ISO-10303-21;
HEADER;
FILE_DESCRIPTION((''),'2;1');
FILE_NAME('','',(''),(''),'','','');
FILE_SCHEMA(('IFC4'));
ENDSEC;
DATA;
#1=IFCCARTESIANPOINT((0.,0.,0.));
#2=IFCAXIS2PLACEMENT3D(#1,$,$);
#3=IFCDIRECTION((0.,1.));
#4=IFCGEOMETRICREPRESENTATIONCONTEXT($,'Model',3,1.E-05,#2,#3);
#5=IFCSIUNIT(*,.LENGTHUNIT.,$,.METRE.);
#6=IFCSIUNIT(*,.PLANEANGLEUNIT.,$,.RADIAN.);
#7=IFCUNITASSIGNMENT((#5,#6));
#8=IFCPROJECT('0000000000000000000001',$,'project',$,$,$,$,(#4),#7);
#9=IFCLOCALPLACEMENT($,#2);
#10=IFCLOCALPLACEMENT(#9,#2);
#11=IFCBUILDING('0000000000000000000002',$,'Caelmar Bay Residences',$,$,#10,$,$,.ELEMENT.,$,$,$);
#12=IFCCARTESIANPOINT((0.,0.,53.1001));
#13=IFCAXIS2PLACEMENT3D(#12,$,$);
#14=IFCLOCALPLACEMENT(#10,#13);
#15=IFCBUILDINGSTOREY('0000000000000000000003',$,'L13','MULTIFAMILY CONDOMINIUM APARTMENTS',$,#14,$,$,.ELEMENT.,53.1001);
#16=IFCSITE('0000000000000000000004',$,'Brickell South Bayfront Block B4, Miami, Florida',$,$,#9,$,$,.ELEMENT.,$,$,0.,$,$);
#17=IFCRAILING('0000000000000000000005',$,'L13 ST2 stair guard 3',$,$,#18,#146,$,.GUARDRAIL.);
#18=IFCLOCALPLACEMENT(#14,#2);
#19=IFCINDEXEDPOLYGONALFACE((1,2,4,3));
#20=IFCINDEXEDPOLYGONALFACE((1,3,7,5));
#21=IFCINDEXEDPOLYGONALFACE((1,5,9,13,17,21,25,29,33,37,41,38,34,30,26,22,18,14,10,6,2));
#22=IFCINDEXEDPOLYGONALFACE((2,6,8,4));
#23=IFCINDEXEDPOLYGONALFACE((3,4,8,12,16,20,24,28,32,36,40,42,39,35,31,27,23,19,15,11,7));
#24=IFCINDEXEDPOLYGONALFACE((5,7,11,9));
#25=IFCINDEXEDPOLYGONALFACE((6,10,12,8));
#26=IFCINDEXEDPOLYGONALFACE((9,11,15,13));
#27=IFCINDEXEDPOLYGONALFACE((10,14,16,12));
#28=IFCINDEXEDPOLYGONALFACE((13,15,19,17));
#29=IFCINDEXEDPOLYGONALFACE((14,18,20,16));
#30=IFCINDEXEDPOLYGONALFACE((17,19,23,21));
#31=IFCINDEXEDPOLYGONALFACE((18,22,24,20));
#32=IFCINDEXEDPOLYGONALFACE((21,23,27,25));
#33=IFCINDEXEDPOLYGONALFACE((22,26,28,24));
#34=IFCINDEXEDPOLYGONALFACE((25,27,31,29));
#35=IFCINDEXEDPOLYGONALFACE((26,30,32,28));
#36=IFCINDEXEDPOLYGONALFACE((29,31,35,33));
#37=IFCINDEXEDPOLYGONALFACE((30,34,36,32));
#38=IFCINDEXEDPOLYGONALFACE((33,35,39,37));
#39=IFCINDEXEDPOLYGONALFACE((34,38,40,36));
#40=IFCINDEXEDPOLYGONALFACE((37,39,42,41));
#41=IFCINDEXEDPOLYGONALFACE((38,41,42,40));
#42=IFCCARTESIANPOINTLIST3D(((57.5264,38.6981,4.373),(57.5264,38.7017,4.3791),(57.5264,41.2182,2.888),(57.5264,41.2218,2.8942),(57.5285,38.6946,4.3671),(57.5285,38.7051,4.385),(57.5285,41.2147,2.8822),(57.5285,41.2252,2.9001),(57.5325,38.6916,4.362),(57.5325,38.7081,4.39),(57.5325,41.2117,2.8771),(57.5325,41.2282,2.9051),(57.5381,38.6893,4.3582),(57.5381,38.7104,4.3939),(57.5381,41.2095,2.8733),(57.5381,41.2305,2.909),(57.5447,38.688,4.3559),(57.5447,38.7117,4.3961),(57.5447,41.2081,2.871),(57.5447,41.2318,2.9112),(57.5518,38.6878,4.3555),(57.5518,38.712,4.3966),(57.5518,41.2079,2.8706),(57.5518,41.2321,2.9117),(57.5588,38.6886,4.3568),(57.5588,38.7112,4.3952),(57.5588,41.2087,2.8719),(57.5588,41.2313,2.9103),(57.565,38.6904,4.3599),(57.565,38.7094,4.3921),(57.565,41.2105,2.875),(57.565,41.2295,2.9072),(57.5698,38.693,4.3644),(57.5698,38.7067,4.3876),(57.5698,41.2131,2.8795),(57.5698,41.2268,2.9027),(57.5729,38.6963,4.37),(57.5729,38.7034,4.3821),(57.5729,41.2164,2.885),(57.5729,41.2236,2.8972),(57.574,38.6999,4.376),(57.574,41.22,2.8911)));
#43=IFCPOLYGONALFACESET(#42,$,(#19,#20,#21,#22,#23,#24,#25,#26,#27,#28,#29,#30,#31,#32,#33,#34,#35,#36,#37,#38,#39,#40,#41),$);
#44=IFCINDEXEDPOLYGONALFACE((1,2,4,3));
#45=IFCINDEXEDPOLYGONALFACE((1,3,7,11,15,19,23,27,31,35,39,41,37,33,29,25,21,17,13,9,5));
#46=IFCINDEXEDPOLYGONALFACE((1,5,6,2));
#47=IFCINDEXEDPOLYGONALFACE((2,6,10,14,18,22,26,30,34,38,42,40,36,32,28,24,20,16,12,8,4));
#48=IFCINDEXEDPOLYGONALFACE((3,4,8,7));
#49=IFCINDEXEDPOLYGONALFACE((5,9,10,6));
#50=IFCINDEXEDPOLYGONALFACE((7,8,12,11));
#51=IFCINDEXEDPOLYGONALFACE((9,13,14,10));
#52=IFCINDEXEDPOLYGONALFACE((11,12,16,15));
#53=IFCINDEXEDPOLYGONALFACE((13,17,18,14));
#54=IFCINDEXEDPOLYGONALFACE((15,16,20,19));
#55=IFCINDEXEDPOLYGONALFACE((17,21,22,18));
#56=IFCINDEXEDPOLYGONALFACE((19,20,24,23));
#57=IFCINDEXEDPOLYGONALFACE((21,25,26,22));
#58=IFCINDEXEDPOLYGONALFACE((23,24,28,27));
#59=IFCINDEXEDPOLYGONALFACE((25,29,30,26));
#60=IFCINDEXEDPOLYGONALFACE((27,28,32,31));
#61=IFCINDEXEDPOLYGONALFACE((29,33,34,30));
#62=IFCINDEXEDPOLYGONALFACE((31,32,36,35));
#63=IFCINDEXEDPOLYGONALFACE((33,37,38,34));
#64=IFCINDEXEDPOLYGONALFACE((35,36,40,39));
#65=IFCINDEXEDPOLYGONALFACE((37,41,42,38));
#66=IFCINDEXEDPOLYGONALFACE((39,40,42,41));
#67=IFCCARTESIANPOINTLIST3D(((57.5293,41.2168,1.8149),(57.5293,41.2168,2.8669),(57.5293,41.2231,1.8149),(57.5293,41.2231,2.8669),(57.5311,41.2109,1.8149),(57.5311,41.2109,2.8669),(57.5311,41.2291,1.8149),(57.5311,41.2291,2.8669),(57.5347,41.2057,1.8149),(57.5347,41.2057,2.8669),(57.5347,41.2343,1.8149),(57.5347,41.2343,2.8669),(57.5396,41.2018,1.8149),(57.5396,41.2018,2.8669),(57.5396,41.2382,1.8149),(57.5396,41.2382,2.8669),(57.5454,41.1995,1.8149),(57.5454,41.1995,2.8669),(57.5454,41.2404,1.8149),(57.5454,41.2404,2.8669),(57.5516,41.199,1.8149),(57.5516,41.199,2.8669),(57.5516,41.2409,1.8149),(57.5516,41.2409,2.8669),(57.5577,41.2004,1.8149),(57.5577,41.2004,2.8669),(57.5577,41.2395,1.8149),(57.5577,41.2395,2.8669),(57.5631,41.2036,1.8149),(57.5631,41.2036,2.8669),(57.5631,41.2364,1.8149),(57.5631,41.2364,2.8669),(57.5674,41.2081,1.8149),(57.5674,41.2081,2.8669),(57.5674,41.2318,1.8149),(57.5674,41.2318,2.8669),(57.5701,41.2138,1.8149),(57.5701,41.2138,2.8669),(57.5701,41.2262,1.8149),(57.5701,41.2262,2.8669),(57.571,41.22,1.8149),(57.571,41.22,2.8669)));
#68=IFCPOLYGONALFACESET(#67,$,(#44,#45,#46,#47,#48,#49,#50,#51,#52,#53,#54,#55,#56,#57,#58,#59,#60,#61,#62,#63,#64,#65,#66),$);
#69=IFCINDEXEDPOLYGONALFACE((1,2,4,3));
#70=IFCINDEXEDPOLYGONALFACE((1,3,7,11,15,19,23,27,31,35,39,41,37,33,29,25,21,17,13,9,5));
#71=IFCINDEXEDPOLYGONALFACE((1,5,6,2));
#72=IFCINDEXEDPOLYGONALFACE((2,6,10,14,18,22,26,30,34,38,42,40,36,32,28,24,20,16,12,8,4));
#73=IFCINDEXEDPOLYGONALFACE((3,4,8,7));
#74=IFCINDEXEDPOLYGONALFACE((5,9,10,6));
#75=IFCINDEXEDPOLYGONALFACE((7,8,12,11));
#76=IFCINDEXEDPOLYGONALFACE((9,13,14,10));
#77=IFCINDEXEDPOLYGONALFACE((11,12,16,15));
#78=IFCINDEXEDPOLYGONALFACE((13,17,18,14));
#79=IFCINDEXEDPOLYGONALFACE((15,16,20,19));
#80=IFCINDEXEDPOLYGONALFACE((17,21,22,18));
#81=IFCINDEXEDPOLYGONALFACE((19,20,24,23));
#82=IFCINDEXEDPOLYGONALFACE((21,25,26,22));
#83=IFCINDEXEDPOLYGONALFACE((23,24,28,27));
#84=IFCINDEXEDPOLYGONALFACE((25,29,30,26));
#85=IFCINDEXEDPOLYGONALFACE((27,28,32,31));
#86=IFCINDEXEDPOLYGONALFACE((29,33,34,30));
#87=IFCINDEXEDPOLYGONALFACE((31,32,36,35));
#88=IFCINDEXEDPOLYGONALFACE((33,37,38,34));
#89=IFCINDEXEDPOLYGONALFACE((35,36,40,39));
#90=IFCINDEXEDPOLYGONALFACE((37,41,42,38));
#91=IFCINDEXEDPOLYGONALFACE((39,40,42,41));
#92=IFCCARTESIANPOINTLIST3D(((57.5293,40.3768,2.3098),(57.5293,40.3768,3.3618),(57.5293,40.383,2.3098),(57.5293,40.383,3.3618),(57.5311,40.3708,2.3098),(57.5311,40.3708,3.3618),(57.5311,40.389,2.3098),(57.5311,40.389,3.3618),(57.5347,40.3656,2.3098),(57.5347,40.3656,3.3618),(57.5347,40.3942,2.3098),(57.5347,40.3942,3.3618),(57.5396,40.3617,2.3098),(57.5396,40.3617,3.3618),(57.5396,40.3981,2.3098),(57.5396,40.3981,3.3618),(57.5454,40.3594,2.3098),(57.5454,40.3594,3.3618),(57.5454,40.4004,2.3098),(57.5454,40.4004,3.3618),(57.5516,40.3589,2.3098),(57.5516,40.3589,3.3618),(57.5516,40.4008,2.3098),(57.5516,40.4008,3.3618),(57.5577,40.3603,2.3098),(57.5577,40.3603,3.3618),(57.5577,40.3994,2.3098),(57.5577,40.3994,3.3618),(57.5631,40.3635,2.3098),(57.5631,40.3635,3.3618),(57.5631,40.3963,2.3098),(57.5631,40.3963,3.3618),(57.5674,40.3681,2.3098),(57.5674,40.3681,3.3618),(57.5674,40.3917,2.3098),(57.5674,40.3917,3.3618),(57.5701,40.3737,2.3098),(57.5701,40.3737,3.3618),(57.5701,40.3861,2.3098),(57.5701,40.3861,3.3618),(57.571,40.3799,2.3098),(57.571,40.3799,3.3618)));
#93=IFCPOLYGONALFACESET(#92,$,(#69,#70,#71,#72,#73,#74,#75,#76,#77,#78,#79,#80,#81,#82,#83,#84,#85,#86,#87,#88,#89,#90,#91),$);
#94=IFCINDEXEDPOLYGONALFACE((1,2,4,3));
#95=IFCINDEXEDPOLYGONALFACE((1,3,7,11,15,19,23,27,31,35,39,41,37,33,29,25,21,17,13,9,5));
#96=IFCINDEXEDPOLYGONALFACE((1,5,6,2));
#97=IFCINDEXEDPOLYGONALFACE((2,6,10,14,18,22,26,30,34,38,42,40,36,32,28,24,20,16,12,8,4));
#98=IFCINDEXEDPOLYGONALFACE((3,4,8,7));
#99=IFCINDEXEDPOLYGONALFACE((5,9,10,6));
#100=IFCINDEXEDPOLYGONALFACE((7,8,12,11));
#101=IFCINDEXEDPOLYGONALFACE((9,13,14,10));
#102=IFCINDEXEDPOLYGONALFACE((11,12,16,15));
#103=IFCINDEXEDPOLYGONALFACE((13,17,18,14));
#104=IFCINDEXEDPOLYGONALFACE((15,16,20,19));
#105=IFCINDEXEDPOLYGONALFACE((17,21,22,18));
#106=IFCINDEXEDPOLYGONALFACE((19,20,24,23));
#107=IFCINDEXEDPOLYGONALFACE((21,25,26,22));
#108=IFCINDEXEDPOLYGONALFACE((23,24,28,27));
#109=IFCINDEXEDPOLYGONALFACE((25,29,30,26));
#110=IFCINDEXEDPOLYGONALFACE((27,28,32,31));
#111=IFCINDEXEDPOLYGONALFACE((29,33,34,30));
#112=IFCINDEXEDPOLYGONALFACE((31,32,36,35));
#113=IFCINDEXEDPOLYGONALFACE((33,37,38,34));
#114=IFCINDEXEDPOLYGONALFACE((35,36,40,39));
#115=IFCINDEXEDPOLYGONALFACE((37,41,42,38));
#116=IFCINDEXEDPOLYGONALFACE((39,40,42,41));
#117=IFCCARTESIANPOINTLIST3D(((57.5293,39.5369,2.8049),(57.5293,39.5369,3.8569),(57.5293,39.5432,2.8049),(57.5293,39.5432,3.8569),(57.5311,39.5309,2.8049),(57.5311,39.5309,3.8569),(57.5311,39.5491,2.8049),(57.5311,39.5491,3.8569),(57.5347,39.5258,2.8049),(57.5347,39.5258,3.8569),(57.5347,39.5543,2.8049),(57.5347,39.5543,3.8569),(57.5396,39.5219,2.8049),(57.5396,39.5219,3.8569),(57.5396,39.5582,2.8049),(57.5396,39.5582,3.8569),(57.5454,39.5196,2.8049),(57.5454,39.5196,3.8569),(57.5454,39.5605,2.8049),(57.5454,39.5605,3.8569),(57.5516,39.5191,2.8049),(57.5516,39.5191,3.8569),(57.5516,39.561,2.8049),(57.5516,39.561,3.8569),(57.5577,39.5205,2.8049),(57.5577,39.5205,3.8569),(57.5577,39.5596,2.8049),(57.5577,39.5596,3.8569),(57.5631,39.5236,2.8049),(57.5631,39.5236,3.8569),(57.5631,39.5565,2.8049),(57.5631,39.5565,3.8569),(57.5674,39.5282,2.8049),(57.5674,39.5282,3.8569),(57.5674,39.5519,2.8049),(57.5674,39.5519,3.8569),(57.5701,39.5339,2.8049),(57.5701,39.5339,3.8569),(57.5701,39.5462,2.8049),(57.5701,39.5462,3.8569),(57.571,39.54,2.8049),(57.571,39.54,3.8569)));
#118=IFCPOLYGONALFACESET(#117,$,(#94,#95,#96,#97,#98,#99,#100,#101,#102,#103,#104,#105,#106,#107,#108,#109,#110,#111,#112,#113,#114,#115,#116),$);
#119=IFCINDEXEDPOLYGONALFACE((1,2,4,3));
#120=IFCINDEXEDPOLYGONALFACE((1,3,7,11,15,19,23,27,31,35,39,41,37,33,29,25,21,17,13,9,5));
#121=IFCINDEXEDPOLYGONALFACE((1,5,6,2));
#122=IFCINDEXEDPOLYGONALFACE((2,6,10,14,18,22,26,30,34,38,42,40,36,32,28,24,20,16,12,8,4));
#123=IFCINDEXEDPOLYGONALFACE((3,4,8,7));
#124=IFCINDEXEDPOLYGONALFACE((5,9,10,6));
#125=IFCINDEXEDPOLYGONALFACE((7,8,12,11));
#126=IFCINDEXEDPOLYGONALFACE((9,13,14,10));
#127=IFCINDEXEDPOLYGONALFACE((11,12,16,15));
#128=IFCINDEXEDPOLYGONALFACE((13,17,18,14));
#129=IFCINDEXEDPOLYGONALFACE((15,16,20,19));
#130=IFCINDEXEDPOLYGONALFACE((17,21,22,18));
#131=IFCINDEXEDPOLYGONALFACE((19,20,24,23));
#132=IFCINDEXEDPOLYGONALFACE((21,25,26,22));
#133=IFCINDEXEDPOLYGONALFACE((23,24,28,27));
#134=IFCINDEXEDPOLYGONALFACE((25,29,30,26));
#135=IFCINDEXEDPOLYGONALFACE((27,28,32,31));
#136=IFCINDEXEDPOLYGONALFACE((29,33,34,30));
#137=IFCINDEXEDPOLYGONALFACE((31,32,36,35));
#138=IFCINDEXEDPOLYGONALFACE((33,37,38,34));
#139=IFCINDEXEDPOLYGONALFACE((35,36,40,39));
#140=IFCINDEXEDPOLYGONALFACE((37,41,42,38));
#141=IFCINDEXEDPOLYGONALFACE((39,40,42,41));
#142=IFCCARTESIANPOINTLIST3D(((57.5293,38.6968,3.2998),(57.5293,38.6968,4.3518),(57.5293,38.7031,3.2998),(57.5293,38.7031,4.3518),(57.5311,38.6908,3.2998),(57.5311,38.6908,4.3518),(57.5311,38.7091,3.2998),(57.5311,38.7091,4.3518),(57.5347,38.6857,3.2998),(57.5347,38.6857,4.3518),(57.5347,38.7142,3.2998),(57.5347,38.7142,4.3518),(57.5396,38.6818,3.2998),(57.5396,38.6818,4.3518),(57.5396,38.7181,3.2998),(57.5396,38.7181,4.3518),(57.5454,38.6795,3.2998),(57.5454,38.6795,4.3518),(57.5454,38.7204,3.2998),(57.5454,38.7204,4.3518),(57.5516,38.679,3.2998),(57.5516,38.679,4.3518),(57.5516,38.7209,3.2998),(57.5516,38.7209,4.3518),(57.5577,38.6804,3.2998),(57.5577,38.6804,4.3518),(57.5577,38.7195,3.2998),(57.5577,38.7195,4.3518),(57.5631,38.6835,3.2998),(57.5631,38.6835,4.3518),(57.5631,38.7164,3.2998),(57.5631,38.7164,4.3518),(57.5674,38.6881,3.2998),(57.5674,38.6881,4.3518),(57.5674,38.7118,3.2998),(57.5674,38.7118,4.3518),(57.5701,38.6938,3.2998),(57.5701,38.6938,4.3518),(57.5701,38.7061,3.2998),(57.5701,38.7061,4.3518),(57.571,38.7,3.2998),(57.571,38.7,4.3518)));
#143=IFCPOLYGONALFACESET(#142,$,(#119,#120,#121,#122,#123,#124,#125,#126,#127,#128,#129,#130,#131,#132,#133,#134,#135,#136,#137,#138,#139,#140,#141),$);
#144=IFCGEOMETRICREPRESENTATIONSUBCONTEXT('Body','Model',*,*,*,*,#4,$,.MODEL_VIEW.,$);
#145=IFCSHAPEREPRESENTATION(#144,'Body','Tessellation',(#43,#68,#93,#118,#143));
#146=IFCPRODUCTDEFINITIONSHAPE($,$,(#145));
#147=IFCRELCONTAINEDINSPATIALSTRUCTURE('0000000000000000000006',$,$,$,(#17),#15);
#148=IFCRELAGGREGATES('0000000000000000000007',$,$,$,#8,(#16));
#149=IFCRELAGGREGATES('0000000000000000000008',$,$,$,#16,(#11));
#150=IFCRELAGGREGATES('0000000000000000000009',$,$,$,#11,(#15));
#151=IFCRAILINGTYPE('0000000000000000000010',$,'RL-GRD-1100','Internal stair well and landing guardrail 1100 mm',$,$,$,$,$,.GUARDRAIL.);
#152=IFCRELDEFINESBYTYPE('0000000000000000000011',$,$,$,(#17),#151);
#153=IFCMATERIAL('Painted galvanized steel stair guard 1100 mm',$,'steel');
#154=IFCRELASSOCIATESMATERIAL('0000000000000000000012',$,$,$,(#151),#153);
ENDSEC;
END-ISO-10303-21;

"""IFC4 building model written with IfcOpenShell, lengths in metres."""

from ifc_helpers import new_model, si_unit, direction, frame, origin, origin_2d, place, context, subcontext, project, spatial, circle, extrude, material, type_object, element, save


model = new_model("IFC4")

# Units and contexts
model_context = context("Model", 3, precision=1e-05, world=origin(), true_north=direction((0.0, 1.0)))
body_context = subcontext(model_context, "Body", "Model", "MODEL_VIEW")
ifc_project = project(units=[si_unit("LENGTHUNIT", "METRE"), si_unit("PLANEANGLEUNIT", "RADIAN")], contexts=[model_context])

# Site, building, storey
site_placement = place(None, origin())
site = spatial("IfcSite", under=ifc_project, at=site_placement, Name="Brickell South Bayfront Block B4, Miami, Florida", CompositionType="ELEMENT", RefElevation=0.0)
building_placement = place(site_placement, origin())
building = spatial("IfcBuilding", under=site, at=building_placement, Name="Caelmar Bay Residences", CompositionType="ELEMENT")
storey_placement = place(building_placement, frame((0.0, 0.0, 53.1001)))
storey = spatial("IfcBuildingStorey", under=building, at=storey_placement, Name="L13", Description="MULTIFAMILY CONDOMINIUM APARTMENTS", CompositionType="ELEMENT", Elevation=53.1001)

# Railing
ifc_material_1 = material(Name="Painted galvanized steel stair guard 1100 mm", Category="steel")
railing_type_1 = type_object("IfcRailingType", Name="RL-GRD-1100", Description="Internal stair well and landing guardrail 1100 mm", PredefinedType="GUARDRAIL", material=ifc_material_1)
railing_1_placement = place(storey_placement, frame((57.55, 41.22, 1.8149)))
element("IfcRailing", 1, at=railing_1_placement, inside=storey, type_object=railing_type_1, Name="L13 ST2 stair guard 3", PredefinedType="GUARDRAIL", context=body_context, shape_type="SweptSolid", body=[
    extrude(circle(Radius=0.0239, at=origin_2d()), frame((0.0, 0.0, 1.0762), z_axis=(0.0, -0.861561, 0.507655), x_axis=(1.0, 0.0, 0.0)), (0.0, 0.0, 1.0), 2.925),
    extrude(circle(Radius=0.021, at=origin_2d()), origin(), (0.0, 0.0, 1.0), 1.052),
    extrude(circle(Radius=0.021, at=origin_2d()), frame((0.0, -0.8401, 0.4949)), (0.0, 0.0, 1.0), 1.052),
    extrude(circle(Radius=0.021, at=origin_2d()), frame((0.0, -1.6799, 0.99)), (0.0, 0.0, 1.0), 1.052),
    extrude(circle(Radius=0.021, at=origin_2d()), frame((0.0, -2.52, 1.4849)), (0.0, 0.0, 1.0), 1.052),
])

save(model, "model.ifc")
